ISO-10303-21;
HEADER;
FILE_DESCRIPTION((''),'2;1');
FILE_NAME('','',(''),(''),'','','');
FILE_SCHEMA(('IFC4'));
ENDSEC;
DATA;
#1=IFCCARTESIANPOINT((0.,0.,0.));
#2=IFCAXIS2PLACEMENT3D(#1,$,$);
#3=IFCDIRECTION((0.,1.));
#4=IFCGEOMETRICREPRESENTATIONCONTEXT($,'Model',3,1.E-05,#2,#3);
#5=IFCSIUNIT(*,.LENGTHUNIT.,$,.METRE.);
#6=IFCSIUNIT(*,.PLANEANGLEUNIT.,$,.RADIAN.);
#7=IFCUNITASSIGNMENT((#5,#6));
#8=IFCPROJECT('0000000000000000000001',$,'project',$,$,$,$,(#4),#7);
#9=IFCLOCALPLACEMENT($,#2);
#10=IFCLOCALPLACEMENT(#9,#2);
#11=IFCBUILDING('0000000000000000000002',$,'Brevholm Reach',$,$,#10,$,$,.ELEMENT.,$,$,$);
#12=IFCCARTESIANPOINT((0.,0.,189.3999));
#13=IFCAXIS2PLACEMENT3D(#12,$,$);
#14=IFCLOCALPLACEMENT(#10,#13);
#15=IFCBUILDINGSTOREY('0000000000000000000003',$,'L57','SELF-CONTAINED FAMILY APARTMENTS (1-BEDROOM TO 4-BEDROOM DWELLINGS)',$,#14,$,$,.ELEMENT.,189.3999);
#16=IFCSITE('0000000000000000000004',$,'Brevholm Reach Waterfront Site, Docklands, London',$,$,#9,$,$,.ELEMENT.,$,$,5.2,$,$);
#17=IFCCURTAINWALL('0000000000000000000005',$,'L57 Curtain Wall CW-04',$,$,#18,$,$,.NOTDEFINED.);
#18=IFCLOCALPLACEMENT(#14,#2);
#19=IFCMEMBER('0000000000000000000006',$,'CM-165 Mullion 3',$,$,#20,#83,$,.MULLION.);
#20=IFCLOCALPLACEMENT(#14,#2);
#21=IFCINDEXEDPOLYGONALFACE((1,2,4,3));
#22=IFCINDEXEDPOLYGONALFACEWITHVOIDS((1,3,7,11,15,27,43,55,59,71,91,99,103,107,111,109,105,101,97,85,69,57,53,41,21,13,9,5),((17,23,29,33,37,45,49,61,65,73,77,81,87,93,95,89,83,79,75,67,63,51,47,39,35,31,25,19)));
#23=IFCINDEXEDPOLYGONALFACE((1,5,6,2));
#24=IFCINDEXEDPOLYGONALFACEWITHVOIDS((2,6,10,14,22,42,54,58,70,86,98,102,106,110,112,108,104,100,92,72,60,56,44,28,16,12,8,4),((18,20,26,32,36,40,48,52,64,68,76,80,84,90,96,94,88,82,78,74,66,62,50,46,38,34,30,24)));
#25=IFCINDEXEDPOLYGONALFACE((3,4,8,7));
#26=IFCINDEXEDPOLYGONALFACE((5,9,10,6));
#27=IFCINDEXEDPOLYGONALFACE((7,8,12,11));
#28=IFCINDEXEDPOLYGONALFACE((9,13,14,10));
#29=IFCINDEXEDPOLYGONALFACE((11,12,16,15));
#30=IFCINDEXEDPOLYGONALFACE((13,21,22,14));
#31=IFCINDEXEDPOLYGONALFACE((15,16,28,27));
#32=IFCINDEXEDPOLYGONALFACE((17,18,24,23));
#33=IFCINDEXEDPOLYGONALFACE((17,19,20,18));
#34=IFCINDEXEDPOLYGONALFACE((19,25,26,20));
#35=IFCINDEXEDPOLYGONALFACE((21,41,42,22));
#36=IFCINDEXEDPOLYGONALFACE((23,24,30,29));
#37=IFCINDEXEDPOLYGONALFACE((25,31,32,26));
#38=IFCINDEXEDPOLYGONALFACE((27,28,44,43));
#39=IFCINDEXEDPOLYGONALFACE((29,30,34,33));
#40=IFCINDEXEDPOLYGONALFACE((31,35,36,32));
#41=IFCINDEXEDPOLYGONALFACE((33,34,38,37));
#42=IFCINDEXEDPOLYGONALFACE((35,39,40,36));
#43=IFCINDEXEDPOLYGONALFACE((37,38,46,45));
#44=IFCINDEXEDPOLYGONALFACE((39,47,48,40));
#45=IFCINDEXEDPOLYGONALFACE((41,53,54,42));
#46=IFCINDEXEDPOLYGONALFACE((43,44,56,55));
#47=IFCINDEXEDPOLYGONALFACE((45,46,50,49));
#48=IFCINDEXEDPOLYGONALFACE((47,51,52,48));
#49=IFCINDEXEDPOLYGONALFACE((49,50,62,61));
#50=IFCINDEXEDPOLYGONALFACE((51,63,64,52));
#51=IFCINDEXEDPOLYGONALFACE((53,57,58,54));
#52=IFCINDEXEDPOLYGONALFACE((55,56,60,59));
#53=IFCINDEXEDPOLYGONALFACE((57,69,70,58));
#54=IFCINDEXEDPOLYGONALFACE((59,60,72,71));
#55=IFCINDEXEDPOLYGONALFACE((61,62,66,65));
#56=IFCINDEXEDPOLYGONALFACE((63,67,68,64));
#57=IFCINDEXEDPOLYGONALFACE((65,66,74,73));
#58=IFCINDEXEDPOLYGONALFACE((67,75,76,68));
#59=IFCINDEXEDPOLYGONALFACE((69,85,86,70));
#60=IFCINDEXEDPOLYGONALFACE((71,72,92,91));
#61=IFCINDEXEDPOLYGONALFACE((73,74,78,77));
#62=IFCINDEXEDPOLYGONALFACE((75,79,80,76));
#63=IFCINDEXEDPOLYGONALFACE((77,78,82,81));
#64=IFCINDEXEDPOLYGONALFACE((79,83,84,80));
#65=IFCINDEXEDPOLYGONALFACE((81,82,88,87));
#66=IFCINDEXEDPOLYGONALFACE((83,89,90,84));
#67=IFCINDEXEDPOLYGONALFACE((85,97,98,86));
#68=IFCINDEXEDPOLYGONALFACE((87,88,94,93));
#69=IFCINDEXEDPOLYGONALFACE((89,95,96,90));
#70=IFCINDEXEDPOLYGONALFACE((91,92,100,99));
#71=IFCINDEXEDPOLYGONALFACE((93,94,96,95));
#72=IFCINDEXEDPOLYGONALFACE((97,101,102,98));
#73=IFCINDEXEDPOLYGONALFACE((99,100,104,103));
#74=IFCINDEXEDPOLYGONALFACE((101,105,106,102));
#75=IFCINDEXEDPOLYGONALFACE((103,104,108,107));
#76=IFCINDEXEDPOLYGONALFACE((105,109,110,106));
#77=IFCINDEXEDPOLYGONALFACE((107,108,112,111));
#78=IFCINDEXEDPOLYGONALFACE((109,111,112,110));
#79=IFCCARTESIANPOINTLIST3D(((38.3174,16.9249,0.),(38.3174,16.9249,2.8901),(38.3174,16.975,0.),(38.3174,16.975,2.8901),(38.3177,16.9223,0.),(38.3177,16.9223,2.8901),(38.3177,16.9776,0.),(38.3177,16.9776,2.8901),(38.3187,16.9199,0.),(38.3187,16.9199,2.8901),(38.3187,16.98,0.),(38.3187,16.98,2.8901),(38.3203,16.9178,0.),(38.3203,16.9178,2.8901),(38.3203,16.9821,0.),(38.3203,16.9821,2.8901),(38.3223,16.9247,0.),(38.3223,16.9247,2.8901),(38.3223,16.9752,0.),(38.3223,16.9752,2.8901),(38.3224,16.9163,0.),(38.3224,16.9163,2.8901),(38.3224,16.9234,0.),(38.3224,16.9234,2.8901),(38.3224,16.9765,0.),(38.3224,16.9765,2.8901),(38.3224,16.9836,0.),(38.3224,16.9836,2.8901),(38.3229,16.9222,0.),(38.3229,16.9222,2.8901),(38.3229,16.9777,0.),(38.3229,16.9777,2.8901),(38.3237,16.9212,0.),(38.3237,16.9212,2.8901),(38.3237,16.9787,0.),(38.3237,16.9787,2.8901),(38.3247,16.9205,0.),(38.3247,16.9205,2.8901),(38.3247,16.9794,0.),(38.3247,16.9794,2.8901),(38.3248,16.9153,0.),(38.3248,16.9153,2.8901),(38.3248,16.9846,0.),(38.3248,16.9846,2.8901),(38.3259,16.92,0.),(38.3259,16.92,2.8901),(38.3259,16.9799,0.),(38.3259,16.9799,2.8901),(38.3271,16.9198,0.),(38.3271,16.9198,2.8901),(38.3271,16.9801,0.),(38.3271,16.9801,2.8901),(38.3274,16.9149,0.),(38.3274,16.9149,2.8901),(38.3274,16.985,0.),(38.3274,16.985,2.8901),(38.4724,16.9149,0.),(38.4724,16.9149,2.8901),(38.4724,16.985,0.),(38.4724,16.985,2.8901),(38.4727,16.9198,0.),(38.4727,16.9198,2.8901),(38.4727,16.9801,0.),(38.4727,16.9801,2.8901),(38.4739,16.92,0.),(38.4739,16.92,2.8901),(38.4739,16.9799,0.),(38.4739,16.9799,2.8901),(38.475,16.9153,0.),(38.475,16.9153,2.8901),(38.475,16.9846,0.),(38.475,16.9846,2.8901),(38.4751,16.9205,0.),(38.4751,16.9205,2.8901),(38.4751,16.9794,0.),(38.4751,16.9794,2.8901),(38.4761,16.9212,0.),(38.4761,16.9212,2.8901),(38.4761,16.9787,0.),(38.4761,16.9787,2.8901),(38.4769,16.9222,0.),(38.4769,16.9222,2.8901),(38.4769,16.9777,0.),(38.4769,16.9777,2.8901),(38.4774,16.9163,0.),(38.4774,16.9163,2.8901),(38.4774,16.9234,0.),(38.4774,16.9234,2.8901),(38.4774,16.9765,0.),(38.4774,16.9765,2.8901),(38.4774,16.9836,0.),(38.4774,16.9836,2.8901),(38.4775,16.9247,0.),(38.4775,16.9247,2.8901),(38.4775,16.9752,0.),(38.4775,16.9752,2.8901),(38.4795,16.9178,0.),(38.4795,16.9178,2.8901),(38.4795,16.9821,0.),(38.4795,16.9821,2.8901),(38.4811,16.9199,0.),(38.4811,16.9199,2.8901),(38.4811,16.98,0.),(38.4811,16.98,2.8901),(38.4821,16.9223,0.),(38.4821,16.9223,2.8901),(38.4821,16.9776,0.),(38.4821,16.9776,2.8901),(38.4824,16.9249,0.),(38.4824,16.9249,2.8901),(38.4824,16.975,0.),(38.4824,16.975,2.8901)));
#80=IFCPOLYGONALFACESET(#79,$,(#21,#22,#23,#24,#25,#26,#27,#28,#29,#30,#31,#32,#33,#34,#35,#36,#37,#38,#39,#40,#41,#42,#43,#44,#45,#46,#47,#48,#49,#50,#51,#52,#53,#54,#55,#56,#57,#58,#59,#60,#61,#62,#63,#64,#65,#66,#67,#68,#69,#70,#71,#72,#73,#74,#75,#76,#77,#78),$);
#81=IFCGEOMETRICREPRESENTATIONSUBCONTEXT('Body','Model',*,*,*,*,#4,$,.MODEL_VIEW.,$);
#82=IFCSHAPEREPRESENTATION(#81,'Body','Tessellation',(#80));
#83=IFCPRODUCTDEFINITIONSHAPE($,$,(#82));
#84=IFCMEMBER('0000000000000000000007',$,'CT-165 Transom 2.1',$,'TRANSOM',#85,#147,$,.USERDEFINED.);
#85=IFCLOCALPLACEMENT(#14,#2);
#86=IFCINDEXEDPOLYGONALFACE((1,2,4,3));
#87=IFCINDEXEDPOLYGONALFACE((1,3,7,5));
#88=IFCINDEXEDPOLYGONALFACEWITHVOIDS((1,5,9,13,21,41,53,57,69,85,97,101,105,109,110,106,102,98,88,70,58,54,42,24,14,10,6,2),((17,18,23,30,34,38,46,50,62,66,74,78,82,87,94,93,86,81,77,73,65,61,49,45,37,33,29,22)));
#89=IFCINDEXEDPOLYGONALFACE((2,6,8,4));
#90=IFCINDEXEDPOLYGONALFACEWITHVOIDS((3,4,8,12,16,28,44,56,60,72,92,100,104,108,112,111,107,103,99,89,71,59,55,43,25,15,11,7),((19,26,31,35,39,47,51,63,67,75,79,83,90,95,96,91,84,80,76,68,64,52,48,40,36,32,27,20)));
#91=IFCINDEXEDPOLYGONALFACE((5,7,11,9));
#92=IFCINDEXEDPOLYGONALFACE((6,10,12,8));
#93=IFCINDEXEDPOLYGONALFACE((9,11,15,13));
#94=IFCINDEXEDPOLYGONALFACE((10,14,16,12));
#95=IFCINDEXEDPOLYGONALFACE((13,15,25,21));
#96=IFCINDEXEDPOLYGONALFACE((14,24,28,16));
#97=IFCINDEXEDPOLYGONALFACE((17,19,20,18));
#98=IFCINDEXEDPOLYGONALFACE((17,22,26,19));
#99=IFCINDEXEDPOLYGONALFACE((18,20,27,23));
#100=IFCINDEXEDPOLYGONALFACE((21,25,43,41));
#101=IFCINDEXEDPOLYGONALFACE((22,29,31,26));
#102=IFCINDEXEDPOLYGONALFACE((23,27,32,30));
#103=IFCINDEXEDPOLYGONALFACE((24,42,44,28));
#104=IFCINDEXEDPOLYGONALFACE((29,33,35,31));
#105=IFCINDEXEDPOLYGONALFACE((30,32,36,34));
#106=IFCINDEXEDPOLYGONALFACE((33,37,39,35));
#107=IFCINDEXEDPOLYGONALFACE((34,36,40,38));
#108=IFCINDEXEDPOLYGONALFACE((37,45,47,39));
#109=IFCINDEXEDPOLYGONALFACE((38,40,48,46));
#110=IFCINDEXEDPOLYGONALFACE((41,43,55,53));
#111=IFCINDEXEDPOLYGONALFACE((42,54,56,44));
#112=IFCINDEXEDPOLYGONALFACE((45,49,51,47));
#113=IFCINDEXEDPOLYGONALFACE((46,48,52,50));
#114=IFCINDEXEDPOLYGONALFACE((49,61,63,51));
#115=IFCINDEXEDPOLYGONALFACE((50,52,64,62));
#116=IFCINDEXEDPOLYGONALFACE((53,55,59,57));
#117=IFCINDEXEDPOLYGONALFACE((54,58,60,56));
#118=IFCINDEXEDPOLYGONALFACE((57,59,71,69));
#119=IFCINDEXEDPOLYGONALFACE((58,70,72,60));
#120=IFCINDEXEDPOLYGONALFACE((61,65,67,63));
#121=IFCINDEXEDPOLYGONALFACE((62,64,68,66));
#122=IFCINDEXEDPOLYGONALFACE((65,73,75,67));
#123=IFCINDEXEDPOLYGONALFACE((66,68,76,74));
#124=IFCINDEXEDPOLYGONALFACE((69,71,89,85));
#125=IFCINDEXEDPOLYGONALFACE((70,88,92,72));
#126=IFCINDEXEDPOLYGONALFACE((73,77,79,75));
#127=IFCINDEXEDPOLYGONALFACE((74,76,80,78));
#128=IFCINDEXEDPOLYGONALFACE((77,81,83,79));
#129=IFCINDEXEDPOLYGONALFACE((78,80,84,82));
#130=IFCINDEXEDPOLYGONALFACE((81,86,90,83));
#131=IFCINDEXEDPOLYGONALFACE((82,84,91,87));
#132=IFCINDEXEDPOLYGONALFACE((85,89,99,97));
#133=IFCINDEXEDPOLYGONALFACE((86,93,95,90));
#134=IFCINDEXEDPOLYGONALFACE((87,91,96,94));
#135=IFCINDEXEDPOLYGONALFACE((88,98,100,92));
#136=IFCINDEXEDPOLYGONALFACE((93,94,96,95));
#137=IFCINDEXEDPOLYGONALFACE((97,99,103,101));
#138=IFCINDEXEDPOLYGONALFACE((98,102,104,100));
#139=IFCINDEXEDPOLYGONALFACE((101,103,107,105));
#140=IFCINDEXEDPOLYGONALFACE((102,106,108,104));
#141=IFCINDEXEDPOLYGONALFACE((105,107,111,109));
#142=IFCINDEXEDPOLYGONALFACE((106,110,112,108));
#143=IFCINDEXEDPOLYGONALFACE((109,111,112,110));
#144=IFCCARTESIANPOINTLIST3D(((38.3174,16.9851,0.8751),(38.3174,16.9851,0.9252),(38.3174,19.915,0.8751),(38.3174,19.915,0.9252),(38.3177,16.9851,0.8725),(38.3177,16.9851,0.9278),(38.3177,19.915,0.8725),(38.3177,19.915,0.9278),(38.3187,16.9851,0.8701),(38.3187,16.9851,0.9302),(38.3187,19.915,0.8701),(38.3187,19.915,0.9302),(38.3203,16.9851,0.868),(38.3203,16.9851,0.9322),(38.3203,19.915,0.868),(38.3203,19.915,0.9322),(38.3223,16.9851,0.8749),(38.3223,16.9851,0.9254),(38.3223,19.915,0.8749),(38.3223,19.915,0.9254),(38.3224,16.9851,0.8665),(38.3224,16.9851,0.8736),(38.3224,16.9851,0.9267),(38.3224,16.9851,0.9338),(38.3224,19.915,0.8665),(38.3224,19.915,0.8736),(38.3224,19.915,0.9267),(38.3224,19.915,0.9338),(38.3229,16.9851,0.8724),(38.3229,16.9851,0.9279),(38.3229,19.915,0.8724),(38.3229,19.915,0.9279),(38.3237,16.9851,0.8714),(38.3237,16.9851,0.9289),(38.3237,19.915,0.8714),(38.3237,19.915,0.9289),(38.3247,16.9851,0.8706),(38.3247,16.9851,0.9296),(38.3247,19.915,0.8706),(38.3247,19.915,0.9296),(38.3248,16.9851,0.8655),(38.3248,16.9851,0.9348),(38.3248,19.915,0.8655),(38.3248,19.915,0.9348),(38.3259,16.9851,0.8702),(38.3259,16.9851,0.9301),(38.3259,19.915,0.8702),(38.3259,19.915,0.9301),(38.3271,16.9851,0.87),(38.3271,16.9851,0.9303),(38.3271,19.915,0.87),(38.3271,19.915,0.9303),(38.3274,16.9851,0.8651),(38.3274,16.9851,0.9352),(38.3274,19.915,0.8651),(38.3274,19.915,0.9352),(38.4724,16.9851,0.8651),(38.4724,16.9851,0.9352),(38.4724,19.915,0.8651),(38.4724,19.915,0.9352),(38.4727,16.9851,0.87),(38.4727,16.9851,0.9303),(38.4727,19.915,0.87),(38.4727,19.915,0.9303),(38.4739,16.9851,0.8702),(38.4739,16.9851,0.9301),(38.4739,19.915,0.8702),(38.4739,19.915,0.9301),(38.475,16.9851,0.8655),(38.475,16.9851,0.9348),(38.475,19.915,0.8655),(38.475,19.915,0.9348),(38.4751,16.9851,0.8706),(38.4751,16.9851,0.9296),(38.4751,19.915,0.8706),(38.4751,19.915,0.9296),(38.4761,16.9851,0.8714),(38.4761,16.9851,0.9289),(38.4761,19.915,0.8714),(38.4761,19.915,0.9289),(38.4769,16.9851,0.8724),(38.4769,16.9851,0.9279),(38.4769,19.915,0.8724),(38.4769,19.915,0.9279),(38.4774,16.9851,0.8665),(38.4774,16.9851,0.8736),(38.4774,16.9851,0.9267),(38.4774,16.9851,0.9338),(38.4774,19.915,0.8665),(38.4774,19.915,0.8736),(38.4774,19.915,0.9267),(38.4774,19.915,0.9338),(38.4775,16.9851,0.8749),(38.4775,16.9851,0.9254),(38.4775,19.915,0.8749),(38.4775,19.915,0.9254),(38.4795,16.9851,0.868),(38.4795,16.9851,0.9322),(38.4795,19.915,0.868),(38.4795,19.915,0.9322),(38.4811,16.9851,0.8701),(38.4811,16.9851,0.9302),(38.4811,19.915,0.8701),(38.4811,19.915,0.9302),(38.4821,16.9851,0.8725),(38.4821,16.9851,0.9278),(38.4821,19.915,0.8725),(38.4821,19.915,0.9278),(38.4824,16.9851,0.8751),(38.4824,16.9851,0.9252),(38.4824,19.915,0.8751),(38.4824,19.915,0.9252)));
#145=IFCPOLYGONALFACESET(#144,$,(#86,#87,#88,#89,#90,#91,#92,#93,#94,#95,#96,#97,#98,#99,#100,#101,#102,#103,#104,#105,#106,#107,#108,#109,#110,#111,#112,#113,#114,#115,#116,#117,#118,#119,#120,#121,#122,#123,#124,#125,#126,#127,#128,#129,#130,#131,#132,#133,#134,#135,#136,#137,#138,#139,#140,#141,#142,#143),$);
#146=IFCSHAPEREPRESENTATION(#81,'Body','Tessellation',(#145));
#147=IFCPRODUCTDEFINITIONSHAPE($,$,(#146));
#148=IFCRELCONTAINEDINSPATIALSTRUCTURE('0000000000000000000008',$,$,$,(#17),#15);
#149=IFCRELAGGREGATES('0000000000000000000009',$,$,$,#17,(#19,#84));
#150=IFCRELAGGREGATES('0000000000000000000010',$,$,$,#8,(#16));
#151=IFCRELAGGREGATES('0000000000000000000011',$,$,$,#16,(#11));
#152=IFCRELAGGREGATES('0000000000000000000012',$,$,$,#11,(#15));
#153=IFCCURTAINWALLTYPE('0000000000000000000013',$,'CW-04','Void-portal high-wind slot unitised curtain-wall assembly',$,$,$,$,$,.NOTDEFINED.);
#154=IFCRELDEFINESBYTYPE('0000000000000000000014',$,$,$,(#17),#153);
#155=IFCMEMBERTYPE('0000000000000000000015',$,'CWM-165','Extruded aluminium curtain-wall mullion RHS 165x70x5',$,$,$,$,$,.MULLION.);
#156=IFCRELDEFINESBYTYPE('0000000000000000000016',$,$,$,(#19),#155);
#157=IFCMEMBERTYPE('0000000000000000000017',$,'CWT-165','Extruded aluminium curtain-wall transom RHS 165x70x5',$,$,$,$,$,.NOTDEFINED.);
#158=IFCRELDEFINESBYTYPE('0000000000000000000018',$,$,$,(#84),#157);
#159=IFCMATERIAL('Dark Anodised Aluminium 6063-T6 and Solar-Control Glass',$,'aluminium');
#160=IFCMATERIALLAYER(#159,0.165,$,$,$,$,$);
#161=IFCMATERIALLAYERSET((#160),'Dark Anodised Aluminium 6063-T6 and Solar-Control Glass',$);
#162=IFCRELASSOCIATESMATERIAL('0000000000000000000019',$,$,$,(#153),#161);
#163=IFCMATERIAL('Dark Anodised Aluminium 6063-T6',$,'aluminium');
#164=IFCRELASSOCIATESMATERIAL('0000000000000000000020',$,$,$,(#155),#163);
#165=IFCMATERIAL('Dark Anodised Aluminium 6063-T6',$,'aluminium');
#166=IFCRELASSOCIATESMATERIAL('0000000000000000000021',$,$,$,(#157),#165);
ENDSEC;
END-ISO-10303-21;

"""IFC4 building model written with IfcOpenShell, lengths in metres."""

from ifc_helpers import new_model, si_unit, direction, frame, origin, origin_2d, place, context, subcontext, project, spatial, hollow_rectangle, extrude, material, layer, layer_set, material_profile, profile_set, type_object, element, aggregate, save


model = new_model("IFC4")

# Units and contexts
model_context = context("Model", 3, precision=1e-05, world=origin(), true_north=direction((0.0, 1.0)))
body_context = subcontext(model_context, "Body", "Model", "MODEL_VIEW")
ifc_project = project(units=[si_unit("LENGTHUNIT", "METRE"), si_unit("PLANEANGLEUNIT", "RADIAN")], contexts=[model_context])

# Site, building, storey
site_placement = place(None, origin())
site = spatial("IfcSite", under=ifc_project, at=site_placement, Name="Brevholm Reach Waterfront Site, Docklands, London", CompositionType="ELEMENT", RefElevation=5.2)
building_placement = place(site_placement, origin())
building = spatial("IfcBuilding", under=site, at=building_placement, Name="Brevholm Reach", CompositionType="ELEMENT")
storey_placement = place(building_placement, frame((0.0, 0.0, 189.3999)))
storey = spatial("IfcBuildingStorey", under=building, at=storey_placement, Name="L57", Description="SELF-CONTAINED FAMILY APARTMENTS (1-BEDROOM TO 4-BEDROOM DWELLINGS)", CompositionType="ELEMENT", Elevation=189.3999)

# Curtain wall, members
ifc_material_1 = material(Name="Dark Anodised Aluminium 6063-T6 and Solar-Control Glass", Category="aluminium")
ifc_layer_1 = layer(ifc_material_1, 0.165)
ifc_layer_set_1 = layer_set([ifc_layer_1], Name="Dark Anodised Aluminium 6063-T6 and Solar-Control Glass")
curtain_wall_type = type_object("IfcCurtainWallType", Name="CW-04", Description="Void-portal high-wind slot unitised curtain-wall assembly", PredefinedType="NOTDEFINED", material=ifc_layer_set_1)
curtain_wall_placement = place(storey_placement, origin())
curtain_wall = element("IfcCurtainWall", 1, at=curtain_wall_placement, inside=storey, type_object=curtain_wall_type, Name="L57 Curtain Wall CW-04", PredefinedType="NOTDEFINED")
ifc_material_2 = material(Name="Dark Anodised Aluminium 6063-T6", Category="aluminium")
ifc_material_profile_1 = material_profile(ifc_material_2, hollow_rectangle(XDim=0.0701, YDim=0.165, WallThickness=0.0049, InnerFilletRadius=0.0049, OuterFilletRadius=0.01, at=origin_2d()), Name="RHS 165x70x5")
ifc_profile_set_1 = profile_set([ifc_material_profile_1], Name="Dark Anodised Aluminium 6063-T6")
member_type_1 = type_object("IfcMemberType", Name="CWM-165", Description="Extruded aluminium curtain-wall mullion RHS 165x70x5", PredefinedType="MULLION", material=ifc_profile_set_1)
member_1_placement = place(storey_placement, frame((38.3999, 16.95, 0.0), z_axis=(0.0, 0.0, 1.0), x_axis=(0.0, -1.0, 0.0)))
member_1 = element("IfcMember", 2, at=member_1_placement, type_object=member_type_1, Name="CM-165 Mullion 3", PredefinedType="MULLION", context=body_context, shape_type="SweptSolid", body=[
    extrude(hollow_rectangle(XDim=0.0701, YDim=0.165, WallThickness=0.0049, InnerFilletRadius=0.0049, OuterFilletRadius=0.01, at=origin_2d()), origin(), (0.0, 0.0, 1.0), 2.8901),
])
ifc_material_3 = material(Name="Dark Anodised Aluminium 6063-T6", Category="aluminium")
ifc_material_profile_2 = material_profile(ifc_material_3, hollow_rectangle(XDim=0.0701, YDim=0.165, WallThickness=0.0049, InnerFilletRadius=0.0049, OuterFilletRadius=0.01, at=origin_2d()), Name="RHS 165x70x5")
ifc_profile_set_2 = profile_set([ifc_material_profile_2], Name="Dark Anodised Aluminium 6063-T6")
member_type_2 = type_object("IfcMemberType", Name="CWT-165", Description="Extruded aluminium curtain-wall transom RHS 165x70x5", PredefinedType="NOTDEFINED", material=ifc_profile_set_2)
member_2_placement = place(storey_placement, frame((38.3999, 19.915, 0.9001), z_axis=(0.0, -1.0, 0.0), x_axis=(0.0, 0.0, 1.0)))
member_2 = element("IfcMember", 3, at=member_2_placement, type_object=member_type_2, Name="CT-165 Transom 2.1", ObjectType="TRANSOM", PredefinedType="USERDEFINED", context=body_context, shape_type="SweptSolid", body=[
    extrude(hollow_rectangle(XDim=0.0701, YDim=0.165, WallThickness=0.0049, InnerFilletRadius=0.0049, OuterFilletRadius=0.01, at=origin_2d()), origin(), (0.0, 0.0, 1.0), 2.9299),
])
aggregate(curtain_wall, [member_1, member_2])

save(model, "model.ifc")
